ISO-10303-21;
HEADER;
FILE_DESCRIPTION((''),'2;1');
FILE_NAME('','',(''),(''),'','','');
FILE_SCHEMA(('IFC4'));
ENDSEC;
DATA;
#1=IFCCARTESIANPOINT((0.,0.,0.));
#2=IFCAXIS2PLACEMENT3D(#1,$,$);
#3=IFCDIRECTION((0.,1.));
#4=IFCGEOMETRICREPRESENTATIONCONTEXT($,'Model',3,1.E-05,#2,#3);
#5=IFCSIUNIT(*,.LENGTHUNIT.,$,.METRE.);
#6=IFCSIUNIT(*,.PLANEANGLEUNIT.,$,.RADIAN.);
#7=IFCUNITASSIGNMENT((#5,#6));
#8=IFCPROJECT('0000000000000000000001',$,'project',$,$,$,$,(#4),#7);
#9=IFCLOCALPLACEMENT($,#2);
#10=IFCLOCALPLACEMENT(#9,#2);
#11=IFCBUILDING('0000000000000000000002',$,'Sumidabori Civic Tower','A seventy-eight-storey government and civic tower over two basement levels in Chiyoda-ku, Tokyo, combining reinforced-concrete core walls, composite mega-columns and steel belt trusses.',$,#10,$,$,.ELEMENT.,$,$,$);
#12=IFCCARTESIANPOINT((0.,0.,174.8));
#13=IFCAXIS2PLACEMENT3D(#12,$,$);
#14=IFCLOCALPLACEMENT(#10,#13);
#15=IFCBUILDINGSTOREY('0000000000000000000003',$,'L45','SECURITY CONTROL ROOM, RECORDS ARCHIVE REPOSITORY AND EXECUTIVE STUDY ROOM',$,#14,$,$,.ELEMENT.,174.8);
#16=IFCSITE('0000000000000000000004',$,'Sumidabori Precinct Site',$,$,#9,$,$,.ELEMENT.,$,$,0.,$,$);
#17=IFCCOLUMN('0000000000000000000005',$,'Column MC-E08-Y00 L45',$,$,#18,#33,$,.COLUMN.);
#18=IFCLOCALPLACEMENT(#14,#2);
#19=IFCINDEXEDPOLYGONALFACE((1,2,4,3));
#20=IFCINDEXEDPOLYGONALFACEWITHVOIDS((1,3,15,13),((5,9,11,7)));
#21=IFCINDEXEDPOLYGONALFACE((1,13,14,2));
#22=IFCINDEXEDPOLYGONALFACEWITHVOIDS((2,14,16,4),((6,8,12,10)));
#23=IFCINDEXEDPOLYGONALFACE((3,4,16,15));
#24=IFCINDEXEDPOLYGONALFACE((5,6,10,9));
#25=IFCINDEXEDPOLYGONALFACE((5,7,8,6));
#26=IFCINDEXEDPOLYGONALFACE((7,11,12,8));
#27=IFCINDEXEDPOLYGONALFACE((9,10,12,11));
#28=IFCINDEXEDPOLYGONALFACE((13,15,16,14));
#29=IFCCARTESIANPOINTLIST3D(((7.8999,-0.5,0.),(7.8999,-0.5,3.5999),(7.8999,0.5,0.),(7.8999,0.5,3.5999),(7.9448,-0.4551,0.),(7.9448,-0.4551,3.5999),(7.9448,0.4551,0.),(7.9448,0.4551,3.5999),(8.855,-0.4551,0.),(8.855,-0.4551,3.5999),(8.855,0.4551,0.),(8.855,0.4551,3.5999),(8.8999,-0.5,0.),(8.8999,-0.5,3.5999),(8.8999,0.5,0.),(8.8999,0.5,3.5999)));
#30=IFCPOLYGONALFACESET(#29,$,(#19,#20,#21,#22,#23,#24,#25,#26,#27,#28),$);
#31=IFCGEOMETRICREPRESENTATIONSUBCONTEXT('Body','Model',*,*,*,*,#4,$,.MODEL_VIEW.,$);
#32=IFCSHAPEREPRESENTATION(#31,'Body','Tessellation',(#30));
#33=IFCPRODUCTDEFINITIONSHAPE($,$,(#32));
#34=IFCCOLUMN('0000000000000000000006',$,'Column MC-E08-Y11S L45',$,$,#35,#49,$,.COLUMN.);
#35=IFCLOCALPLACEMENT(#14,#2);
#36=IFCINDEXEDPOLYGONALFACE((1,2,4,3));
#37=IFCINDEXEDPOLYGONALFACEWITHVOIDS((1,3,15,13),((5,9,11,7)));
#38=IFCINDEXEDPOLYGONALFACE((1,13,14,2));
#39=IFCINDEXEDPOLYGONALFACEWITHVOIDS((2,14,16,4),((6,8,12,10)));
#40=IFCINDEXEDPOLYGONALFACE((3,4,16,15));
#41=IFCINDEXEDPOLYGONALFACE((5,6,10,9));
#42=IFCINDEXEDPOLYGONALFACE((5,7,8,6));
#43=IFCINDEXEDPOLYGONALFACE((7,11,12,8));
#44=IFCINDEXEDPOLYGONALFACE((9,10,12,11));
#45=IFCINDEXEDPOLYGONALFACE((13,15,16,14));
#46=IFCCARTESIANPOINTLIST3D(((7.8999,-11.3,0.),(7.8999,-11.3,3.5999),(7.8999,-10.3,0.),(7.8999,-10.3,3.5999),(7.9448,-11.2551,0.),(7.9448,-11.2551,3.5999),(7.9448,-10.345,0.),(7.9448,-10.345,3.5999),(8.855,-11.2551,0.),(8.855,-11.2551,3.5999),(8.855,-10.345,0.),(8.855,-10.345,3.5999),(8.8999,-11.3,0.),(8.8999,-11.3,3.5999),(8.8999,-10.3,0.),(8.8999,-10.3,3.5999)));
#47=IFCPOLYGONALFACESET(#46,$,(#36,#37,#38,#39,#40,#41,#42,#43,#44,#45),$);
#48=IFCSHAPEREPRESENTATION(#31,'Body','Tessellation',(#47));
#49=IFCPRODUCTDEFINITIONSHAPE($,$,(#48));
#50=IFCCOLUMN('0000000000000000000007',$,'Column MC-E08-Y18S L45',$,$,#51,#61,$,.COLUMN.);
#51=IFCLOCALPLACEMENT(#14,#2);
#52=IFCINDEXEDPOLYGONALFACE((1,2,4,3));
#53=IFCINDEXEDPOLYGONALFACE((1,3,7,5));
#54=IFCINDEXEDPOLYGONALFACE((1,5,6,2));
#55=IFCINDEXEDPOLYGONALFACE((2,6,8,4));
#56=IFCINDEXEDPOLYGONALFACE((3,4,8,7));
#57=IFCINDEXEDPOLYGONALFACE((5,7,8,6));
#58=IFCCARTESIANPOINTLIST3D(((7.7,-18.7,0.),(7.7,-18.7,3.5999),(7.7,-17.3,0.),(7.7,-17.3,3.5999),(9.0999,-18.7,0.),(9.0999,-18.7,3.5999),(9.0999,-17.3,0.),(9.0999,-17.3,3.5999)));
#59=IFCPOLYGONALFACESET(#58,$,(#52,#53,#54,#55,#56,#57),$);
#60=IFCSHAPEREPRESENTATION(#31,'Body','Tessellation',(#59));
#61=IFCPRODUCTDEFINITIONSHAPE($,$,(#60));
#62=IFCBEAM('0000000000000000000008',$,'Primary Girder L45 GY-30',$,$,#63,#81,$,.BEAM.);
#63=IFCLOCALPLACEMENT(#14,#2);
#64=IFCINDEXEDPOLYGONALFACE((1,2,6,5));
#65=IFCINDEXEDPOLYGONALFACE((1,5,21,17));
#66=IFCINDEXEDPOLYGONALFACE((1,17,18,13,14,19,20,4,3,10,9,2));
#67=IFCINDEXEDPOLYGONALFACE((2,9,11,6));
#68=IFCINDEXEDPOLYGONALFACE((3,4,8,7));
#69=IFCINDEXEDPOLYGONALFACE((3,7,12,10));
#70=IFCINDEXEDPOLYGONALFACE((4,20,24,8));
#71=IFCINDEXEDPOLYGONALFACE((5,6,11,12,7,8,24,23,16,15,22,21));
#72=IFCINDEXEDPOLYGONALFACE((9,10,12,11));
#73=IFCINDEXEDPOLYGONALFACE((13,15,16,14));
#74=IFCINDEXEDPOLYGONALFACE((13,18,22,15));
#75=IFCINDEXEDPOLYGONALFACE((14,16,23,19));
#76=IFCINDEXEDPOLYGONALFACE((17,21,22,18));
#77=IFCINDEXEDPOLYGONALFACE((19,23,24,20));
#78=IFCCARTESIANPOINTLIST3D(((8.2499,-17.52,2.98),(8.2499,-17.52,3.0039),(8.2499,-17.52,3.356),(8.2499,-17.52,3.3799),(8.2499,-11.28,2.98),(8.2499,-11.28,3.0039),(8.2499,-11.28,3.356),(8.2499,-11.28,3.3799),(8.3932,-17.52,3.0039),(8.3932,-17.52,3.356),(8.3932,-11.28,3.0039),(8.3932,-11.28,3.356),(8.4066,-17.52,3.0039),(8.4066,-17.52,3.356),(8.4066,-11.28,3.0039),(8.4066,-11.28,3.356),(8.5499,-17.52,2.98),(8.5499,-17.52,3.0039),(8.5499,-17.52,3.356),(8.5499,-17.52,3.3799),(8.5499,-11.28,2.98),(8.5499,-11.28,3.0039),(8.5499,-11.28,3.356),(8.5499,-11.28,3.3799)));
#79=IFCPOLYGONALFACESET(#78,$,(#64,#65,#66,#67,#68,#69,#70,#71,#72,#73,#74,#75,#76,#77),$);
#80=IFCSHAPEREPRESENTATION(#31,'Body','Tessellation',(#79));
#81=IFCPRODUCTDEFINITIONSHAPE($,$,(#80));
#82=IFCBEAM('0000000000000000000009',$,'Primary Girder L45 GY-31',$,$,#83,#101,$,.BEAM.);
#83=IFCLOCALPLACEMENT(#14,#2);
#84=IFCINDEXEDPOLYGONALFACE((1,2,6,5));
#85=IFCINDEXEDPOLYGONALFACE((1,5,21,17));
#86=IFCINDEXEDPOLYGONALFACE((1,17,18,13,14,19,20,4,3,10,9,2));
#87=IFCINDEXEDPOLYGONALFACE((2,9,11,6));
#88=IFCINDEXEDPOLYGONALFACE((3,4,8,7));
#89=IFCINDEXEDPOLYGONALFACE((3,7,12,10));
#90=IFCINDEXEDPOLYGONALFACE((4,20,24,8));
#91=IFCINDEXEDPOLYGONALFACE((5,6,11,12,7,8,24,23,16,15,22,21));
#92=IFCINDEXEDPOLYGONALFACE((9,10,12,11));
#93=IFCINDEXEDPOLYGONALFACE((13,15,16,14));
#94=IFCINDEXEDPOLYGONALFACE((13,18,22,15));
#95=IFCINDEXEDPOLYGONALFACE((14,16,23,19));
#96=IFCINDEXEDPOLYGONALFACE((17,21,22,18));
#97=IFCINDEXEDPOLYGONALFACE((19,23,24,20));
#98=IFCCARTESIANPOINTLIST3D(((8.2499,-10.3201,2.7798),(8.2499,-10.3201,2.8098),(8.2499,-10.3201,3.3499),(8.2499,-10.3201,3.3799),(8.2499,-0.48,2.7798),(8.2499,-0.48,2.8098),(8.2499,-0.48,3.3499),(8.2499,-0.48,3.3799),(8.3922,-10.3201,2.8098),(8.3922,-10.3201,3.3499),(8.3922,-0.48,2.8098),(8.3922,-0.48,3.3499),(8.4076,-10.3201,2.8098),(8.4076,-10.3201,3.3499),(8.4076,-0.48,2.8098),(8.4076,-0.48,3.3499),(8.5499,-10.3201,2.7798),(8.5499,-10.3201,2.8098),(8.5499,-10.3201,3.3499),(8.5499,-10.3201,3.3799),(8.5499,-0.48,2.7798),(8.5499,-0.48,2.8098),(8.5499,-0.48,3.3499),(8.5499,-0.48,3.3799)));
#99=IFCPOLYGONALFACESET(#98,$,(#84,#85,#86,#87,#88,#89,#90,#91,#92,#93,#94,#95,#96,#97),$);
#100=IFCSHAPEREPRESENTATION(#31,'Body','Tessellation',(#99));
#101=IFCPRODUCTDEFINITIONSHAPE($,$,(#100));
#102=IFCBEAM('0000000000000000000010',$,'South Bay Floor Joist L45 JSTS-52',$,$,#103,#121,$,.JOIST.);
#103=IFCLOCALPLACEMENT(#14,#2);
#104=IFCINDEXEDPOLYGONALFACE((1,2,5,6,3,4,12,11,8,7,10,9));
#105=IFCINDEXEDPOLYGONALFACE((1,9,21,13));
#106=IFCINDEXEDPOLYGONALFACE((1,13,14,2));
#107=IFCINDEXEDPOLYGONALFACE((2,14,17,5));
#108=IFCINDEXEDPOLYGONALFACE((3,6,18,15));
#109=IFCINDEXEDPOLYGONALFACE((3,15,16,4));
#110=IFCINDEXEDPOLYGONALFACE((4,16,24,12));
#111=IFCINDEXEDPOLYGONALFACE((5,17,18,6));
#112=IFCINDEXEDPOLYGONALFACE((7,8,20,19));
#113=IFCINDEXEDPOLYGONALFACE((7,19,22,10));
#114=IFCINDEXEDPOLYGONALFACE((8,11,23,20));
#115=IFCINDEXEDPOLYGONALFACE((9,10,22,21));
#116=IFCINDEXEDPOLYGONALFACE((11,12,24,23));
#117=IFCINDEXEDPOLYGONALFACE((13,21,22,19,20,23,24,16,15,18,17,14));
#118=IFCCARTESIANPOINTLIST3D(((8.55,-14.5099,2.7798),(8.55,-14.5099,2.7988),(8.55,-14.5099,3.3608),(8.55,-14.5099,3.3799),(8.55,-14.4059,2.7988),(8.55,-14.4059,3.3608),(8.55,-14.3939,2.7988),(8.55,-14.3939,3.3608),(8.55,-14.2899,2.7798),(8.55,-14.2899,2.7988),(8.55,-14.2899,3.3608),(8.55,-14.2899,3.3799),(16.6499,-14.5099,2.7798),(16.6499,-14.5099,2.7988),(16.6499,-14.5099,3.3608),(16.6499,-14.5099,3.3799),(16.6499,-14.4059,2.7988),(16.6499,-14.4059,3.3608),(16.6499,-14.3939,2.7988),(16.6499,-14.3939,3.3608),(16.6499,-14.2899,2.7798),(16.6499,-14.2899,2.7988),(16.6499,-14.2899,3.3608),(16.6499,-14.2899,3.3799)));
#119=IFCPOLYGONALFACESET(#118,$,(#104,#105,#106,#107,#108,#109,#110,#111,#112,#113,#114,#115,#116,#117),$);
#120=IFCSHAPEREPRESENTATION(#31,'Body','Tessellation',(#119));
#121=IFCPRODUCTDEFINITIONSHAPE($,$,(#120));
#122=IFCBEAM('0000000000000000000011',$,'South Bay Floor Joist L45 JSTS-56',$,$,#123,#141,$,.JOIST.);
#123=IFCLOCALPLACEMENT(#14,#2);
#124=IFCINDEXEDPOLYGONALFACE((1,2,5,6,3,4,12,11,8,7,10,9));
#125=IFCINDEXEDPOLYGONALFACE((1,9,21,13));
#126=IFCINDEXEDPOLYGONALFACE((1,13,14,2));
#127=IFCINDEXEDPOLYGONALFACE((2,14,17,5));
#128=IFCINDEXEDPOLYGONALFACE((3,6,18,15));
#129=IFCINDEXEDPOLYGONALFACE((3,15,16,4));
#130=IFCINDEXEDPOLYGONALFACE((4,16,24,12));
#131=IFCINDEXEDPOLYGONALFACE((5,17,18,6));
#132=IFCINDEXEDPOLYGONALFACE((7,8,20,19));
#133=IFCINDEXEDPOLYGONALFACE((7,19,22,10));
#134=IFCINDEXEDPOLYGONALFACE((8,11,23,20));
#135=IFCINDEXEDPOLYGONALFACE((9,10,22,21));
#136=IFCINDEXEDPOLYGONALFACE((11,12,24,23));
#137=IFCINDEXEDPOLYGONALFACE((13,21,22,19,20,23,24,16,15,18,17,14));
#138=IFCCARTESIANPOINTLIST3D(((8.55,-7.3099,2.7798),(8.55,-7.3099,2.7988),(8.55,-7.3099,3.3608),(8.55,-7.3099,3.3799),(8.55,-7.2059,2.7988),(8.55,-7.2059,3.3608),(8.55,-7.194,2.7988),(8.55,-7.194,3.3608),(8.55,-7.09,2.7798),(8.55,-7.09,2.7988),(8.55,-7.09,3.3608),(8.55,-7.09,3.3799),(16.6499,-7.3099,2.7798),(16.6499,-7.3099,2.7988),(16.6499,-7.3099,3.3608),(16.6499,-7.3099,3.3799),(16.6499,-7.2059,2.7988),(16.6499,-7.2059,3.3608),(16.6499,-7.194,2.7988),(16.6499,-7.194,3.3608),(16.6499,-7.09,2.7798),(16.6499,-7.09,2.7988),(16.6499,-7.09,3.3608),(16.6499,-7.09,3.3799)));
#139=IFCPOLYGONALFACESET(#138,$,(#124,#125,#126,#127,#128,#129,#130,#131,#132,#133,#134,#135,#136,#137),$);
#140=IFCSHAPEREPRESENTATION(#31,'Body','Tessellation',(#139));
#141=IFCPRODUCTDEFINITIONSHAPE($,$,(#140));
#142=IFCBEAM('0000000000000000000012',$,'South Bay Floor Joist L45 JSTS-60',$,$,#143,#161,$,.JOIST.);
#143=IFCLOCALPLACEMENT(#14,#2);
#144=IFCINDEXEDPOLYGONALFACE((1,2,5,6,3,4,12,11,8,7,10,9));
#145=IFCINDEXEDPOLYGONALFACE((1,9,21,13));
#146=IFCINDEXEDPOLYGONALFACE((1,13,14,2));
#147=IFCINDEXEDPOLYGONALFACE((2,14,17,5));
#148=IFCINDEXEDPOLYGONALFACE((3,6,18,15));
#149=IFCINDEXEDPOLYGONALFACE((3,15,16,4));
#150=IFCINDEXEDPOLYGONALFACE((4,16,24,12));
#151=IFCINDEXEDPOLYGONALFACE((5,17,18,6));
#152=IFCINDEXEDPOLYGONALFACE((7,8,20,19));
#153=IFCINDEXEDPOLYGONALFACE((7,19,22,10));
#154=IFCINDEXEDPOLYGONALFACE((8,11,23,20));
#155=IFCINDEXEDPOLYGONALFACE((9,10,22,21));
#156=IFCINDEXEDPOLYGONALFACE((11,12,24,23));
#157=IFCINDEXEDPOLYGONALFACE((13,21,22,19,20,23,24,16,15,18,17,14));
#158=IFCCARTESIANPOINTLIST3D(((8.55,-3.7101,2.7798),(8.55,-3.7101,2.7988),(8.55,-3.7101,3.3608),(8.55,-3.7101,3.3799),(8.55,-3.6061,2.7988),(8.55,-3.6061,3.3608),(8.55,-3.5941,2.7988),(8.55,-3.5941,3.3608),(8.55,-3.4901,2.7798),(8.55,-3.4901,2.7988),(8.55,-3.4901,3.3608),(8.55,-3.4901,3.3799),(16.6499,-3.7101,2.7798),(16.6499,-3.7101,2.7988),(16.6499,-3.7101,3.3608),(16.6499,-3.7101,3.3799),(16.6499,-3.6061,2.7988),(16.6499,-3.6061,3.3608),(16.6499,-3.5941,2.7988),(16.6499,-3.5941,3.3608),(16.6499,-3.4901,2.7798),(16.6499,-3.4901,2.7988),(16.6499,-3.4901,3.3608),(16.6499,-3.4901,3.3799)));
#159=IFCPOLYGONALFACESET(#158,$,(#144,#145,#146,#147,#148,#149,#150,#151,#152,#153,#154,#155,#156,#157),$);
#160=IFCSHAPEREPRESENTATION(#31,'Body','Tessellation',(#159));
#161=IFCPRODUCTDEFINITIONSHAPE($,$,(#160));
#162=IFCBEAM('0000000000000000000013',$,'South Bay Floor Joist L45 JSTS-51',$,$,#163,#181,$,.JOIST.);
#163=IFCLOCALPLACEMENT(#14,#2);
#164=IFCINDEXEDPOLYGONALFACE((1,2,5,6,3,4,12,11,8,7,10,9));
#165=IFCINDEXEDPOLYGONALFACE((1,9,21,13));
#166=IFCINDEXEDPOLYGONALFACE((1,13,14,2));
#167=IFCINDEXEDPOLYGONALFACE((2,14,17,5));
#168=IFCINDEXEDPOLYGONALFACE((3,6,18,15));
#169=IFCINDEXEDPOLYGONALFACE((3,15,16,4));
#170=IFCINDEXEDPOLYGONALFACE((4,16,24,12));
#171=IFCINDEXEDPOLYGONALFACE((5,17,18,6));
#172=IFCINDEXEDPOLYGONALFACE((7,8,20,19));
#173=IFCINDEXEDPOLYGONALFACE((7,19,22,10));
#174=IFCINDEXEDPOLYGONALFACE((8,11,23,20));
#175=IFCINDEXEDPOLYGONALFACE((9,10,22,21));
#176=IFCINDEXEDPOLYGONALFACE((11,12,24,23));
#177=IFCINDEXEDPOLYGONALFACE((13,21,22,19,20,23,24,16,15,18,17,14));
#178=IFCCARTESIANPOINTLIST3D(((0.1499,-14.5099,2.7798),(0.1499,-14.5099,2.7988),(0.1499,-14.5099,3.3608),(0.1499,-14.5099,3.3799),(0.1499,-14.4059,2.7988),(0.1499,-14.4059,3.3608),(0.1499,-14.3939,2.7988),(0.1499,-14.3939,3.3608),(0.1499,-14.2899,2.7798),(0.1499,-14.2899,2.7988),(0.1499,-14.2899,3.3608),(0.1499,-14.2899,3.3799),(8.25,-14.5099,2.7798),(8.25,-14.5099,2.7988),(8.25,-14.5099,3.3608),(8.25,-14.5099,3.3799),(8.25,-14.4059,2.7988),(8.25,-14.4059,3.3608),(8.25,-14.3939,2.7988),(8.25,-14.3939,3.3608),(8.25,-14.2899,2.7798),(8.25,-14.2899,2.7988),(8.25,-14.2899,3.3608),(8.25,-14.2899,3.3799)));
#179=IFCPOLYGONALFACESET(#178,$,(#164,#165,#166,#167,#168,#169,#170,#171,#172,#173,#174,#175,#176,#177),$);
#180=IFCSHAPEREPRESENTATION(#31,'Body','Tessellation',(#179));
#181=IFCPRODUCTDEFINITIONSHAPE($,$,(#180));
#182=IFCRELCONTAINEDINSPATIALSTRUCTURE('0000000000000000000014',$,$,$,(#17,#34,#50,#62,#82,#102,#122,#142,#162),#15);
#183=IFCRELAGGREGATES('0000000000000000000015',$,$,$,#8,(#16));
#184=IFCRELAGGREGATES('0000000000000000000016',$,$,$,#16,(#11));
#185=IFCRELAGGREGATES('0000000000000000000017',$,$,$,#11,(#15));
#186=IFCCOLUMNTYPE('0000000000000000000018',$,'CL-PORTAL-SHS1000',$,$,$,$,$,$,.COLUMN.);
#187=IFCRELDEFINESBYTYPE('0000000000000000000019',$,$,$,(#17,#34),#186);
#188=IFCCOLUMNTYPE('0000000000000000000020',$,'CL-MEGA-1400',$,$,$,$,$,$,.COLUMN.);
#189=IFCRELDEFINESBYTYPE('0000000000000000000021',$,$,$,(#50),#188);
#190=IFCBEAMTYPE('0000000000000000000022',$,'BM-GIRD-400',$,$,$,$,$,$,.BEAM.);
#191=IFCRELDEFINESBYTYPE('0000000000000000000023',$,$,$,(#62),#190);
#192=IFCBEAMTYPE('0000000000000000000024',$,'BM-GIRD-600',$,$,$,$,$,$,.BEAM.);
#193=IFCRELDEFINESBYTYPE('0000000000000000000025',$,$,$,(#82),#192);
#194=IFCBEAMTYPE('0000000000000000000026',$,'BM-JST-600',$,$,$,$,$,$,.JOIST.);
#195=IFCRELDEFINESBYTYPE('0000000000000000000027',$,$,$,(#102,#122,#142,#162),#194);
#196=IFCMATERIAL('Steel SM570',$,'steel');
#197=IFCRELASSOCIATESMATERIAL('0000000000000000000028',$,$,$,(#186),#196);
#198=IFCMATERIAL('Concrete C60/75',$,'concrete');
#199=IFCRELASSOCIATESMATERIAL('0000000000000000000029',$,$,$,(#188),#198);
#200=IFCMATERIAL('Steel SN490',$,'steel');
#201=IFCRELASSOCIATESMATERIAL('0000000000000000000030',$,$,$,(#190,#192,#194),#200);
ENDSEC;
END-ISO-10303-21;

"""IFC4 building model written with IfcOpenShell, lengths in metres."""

from ifc_helpers import new_model, si_unit, direction, frame, origin, origin_2d, place, context, subcontext, project, spatial, rectangle, hollow_rectangle, i_section, extrude, source, transform, mapped, material, material_profile, profile_set, type_object, element, save


model = new_model("IFC4")

# Units and contexts
model_context = context("Model", 3, precision=1e-05, world=origin(), true_north=direction((0.0, 1.0)))
body_context = subcontext(model_context, "Body", "Model", "MODEL_VIEW")
ifc_project = project(units=[si_unit("LENGTHUNIT", "METRE"), si_unit("PLANEANGLEUNIT", "RADIAN")], contexts=[model_context])

# Site, building, storey
site_placement = place(None, origin())
site = spatial("IfcSite", under=ifc_project, at=site_placement, Name="Sumidabori Precinct Site", CompositionType="ELEMENT", RefElevation=0.0)
building_placement = place(site_placement, origin())
building = spatial("IfcBuilding", under=site, at=building_placement, Name="Sumidabori Civic Tower", Description="A seventy-eight-storey government and civic tower over two basement levels in Chiyoda-ku, Tokyo, combining reinforced-concrete core walls, composite mega-columns and steel belt trusses.", CompositionType="ELEMENT")
storey_placement = place(building_placement, frame((0.0, 0.0, 174.8)))
storey = spatial("IfcBuildingStorey", under=building, at=storey_placement, Name="L45", Description="SECURITY CONTROL ROOM, RECORDS ARCHIVE REPOSITORY AND EXECUTIVE STUDY ROOM", CompositionType="ELEMENT", Elevation=174.8)

# Columns
ifc_material_1 = material(Name="Steel SM570", Category="steel")
ifc_material_profile_1 = material_profile(ifc_material_1, hollow_rectangle(XDim=1.0, YDim=1.0, WallThickness=0.0449, at=origin_2d()), Name="SHS 1000x1000x45")
ifc_profile_set_1 = profile_set([ifc_material_profile_1], Name="Steel SM570")
column_type_1 = type_object("IfcColumnType", Name="CL-PORTAL-SHS1000", PredefinedType="COLUMN", material=ifc_profile_set_1)
shared_shape_1 = source(origin(), body_context, "Body", "SweptSolid", [
    extrude(hollow_rectangle(XDim=1.0, YDim=1.0, WallThickness=0.0449, at=origin_2d()), origin(), (0.0, 0.0, 1.0), 3.5999),
])
for number, where, z_axis, x_axis, name in (
    (1, (8.3999, 0.0, 0.0), (0.0, 0.0, 1.0), (1.0, 0.0, 0.0), "Column MC-E08-Y00 L45"),
    (2, (8.3999, -10.8, 0.0), (0.0, 0.0, 1.0), (1.0, 0.0, 0.0), "Column MC-E08-Y11S L45"),
):
    element("IfcColumn", number, at=place(storey_placement, frame(where, z_axis=z_axis, x_axis=x_axis)), inside=storey, type_object=column_type_1, Name=name, PredefinedType="COLUMN", context=body_context, shape_type="MappedRepresentation", body=[
        mapped(shared_shape_1, transform((0.0, 0.0, 0.0), x_axis=(1.0, 0.0, 0.0), y_axis=(0.0, 1.0, 0.0), z_axis=(0.0, 0.0, 1.0), scale=1.0)),
    ])
ifc_material_2 = material(Name="Concrete C60/75", Category="concrete")
ifc_material_profile_2 = material_profile(ifc_material_2, rectangle(XDim=1.3999, YDim=1.3999, at=origin_2d()), Name="RC 1400x1400")
ifc_profile_set_2 = profile_set([ifc_material_profile_2], Name="Concrete C60/75")
column_type_2 = type_object("IfcColumnType", Name="CL-MEGA-1400", PredefinedType="COLUMN", material=ifc_profile_set_2)
shared_shape_2 = source(origin(), body_context, "Body", "SweptSolid", [
    extrude(rectangle(XDim=1.3999, YDim=1.3999, at=origin_2d()), origin(), (0.0, 0.0, 1.0), 3.5999),
])
column_placement = place(storey_placement, frame((8.3999, -18.0, 0.0), z_axis=(0.0, 0.0, 1.0), x_axis=(1.0, 0.0, 0.0)))
element("IfcColumn", 3, at=column_placement, inside=storey, type_object=column_type_2, Name="Column MC-E08-Y18S L45", PredefinedType="COLUMN", context=body_context, shape_type="MappedRepresentation", body=[
    mapped(shared_shape_2, transform((0.0, 0.0, 0.0), x_axis=(1.0, 0.0, 0.0), y_axis=(0.0, 1.0, 0.0), z_axis=(0.0, 0.0, 1.0), scale=1.0)),
])

# Beams
ifc_material_3 = material(Name="Steel SN490", Category="steel")
ifc_material_profile_3 = material_profile(ifc_material_3, i_section(OverallWidth=0.3, OverallDepth=0.3999, WebThickness=0.0134, FlangeThickness=0.0239, at=origin_2d()), Name="HE 400 B")
ifc_profile_set_3 = profile_set([ifc_material_profile_3], Name="Steel SN490")
beam_type_1 = type_object("IfcBeamType", Name="BM-GIRD-400", PredefinedType="BEAM", material=ifc_profile_set_3)
shared_shape_3 = source(origin(), body_context, "Body", "SweptSolid", [
    extrude(i_section(OverallWidth=0.3, OverallDepth=0.3999, WebThickness=0.0134, FlangeThickness=0.0239, at=origin_2d()), origin(), (0.0, 0.0, 1.0), 6.24),
])
beam_1_placement = place(storey_placement, frame((8.3999, -17.52, 3.1799), z_axis=(0.0, 1.0, 0.0), x_axis=(-1.0, 0.0, 0.0)))
element("IfcBeam", 4, at=beam_1_placement, inside=storey, type_object=beam_type_1, Name="Primary Girder L45 GY-30", PredefinedType="BEAM", context=body_context, shape_type="MappedRepresentation", body=[
    mapped(shared_shape_3, transform((0.0, 0.0, 0.0), x_axis=(1.0, 0.0, 0.0), y_axis=(0.0, 1.0, 0.0), z_axis=(0.0, 0.0, 1.0), scale=1.0)),
])
ifc_material_profile_4 = material_profile(ifc_material_3, i_section(OverallWidth=0.3, OverallDepth=0.6001, WebThickness=0.0154, FlangeThickness=0.03, at=origin_2d()), Name="HE 600 B")
ifc_profile_set_4 = profile_set([ifc_material_profile_4], Name="Steel SN490")
beam_type_2 = type_object("IfcBeamType", Name="BM-GIRD-600", PredefinedType="BEAM", material=ifc_profile_set_4)
shared_shape_4 = source(origin(), body_context, "Body", "SweptSolid", [
    extrude(i_section(OverallWidth=0.3, OverallDepth=0.6001, WebThickness=0.0154, FlangeThickness=0.03, at=origin_2d()), origin(), (0.0, 0.0, 1.0), 9.8401),
])
beam_2_placement = place(storey_placement, frame((8.3999, -10.3201, 3.0798), z_axis=(0.0, 1.0, 0.0), x_axis=(-1.0, 0.0, 0.0)))
element("IfcBeam", 5, at=beam_2_placement, inside=storey, type_object=beam_type_2, Name="Primary Girder L45 GY-31", PredefinedType="BEAM", context=body_context, shape_type="MappedRepresentation", body=[
    mapped(shared_shape_4, transform((0.0, 0.0, 0.0), x_axis=(1.0, 0.0, 0.0), y_axis=(0.0, 1.0, 0.0), z_axis=(0.0, 0.0, 1.0), scale=1.0)),
])
ifc_material_profile_5 = material_profile(ifc_material_3, i_section(OverallWidth=0.22, OverallDepth=0.6001, WebThickness=0.012, FlangeThickness=0.019, at=origin_2d()), Name="IPE 600")
ifc_profile_set_5 = profile_set([ifc_material_profile_5], Name="Steel SN490")
beam_type_3 = type_object("IfcBeamType", Name="BM-JST-600", PredefinedType="JOIST", material=ifc_profile_set_5)
shared_shape_5 = source(origin(), body_context, "Body", "SweptSolid", [
    extrude(i_section(OverallWidth=0.22, OverallDepth=0.6001, WebThickness=0.012, FlangeThickness=0.019, at=origin_2d()), origin(), (0.0, 0.0, 1.0), 8.0999),
])
for number, where, z_axis, x_axis, name in (
    (6, (8.55, -14.3999, 3.0798), (1.0, 0.0, 0.0), (0.0, 1.0, 0.0), "South Bay Floor Joist L45 JSTS-52"),
    (7, (8.55, -7.2, 3.0798), (1.0, 0.0, 0.0), (0.0, 1.0, 0.0), "South Bay Floor Joist L45 JSTS-56"),
    (8, (8.55, -3.6001, 3.0798), (1.0, 0.0, 0.0), (0.0, 1.0, 0.0), "South Bay Floor Joist L45 JSTS-60"),
):
    element("IfcBeam", number, at=place(storey_placement, frame(where, z_axis=z_axis, x_axis=x_axis)), inside=storey, type_object=beam_type_3, Name=name, PredefinedType="JOIST", context=body_context, shape_type="MappedRepresentation", body=[
        mapped(shared_shape_5, transform((0.0, 0.0, 0.0), x_axis=(1.0, 0.0, 0.0), y_axis=(0.0, 1.0, 0.0), z_axis=(0.0, 0.0, 1.0), scale=1.0)),
    ])
shared_shape_6 = source(origin(), body_context, "Body", "SweptSolid", [
    extrude(i_section(OverallWidth=0.22, OverallDepth=0.6001, WebThickness=0.012, FlangeThickness=0.019, at=origin_2d()), origin(), (0.0, 0.0, 1.0), 8.1001),
])
for number, where, z_axis, x_axis, name in (
    (9, (0.1499, -14.3999, 3.0798), (1.0, 0.0, 0.0), (0.0, 1.0, 0.0), "South Bay Floor Joist L45 JSTS-51"),
):
    element("IfcBeam", number, at=place(storey_placement, frame(where, z_axis=z_axis, x_axis=x_axis)), inside=storey, type_object=beam_type_3, Name=name, PredefinedType="JOIST", context=body_context, shape_type="MappedRepresentation", body=[
        mapped(shared_shape_6, transform((0.0, 0.0, 0.0), x_axis=(1.0, 0.0, 0.0), y_axis=(0.0, 1.0, 0.0), z_axis=(0.0, 0.0, 1.0), scale=1.0)),
    ])

save(model, "model.ifc")
